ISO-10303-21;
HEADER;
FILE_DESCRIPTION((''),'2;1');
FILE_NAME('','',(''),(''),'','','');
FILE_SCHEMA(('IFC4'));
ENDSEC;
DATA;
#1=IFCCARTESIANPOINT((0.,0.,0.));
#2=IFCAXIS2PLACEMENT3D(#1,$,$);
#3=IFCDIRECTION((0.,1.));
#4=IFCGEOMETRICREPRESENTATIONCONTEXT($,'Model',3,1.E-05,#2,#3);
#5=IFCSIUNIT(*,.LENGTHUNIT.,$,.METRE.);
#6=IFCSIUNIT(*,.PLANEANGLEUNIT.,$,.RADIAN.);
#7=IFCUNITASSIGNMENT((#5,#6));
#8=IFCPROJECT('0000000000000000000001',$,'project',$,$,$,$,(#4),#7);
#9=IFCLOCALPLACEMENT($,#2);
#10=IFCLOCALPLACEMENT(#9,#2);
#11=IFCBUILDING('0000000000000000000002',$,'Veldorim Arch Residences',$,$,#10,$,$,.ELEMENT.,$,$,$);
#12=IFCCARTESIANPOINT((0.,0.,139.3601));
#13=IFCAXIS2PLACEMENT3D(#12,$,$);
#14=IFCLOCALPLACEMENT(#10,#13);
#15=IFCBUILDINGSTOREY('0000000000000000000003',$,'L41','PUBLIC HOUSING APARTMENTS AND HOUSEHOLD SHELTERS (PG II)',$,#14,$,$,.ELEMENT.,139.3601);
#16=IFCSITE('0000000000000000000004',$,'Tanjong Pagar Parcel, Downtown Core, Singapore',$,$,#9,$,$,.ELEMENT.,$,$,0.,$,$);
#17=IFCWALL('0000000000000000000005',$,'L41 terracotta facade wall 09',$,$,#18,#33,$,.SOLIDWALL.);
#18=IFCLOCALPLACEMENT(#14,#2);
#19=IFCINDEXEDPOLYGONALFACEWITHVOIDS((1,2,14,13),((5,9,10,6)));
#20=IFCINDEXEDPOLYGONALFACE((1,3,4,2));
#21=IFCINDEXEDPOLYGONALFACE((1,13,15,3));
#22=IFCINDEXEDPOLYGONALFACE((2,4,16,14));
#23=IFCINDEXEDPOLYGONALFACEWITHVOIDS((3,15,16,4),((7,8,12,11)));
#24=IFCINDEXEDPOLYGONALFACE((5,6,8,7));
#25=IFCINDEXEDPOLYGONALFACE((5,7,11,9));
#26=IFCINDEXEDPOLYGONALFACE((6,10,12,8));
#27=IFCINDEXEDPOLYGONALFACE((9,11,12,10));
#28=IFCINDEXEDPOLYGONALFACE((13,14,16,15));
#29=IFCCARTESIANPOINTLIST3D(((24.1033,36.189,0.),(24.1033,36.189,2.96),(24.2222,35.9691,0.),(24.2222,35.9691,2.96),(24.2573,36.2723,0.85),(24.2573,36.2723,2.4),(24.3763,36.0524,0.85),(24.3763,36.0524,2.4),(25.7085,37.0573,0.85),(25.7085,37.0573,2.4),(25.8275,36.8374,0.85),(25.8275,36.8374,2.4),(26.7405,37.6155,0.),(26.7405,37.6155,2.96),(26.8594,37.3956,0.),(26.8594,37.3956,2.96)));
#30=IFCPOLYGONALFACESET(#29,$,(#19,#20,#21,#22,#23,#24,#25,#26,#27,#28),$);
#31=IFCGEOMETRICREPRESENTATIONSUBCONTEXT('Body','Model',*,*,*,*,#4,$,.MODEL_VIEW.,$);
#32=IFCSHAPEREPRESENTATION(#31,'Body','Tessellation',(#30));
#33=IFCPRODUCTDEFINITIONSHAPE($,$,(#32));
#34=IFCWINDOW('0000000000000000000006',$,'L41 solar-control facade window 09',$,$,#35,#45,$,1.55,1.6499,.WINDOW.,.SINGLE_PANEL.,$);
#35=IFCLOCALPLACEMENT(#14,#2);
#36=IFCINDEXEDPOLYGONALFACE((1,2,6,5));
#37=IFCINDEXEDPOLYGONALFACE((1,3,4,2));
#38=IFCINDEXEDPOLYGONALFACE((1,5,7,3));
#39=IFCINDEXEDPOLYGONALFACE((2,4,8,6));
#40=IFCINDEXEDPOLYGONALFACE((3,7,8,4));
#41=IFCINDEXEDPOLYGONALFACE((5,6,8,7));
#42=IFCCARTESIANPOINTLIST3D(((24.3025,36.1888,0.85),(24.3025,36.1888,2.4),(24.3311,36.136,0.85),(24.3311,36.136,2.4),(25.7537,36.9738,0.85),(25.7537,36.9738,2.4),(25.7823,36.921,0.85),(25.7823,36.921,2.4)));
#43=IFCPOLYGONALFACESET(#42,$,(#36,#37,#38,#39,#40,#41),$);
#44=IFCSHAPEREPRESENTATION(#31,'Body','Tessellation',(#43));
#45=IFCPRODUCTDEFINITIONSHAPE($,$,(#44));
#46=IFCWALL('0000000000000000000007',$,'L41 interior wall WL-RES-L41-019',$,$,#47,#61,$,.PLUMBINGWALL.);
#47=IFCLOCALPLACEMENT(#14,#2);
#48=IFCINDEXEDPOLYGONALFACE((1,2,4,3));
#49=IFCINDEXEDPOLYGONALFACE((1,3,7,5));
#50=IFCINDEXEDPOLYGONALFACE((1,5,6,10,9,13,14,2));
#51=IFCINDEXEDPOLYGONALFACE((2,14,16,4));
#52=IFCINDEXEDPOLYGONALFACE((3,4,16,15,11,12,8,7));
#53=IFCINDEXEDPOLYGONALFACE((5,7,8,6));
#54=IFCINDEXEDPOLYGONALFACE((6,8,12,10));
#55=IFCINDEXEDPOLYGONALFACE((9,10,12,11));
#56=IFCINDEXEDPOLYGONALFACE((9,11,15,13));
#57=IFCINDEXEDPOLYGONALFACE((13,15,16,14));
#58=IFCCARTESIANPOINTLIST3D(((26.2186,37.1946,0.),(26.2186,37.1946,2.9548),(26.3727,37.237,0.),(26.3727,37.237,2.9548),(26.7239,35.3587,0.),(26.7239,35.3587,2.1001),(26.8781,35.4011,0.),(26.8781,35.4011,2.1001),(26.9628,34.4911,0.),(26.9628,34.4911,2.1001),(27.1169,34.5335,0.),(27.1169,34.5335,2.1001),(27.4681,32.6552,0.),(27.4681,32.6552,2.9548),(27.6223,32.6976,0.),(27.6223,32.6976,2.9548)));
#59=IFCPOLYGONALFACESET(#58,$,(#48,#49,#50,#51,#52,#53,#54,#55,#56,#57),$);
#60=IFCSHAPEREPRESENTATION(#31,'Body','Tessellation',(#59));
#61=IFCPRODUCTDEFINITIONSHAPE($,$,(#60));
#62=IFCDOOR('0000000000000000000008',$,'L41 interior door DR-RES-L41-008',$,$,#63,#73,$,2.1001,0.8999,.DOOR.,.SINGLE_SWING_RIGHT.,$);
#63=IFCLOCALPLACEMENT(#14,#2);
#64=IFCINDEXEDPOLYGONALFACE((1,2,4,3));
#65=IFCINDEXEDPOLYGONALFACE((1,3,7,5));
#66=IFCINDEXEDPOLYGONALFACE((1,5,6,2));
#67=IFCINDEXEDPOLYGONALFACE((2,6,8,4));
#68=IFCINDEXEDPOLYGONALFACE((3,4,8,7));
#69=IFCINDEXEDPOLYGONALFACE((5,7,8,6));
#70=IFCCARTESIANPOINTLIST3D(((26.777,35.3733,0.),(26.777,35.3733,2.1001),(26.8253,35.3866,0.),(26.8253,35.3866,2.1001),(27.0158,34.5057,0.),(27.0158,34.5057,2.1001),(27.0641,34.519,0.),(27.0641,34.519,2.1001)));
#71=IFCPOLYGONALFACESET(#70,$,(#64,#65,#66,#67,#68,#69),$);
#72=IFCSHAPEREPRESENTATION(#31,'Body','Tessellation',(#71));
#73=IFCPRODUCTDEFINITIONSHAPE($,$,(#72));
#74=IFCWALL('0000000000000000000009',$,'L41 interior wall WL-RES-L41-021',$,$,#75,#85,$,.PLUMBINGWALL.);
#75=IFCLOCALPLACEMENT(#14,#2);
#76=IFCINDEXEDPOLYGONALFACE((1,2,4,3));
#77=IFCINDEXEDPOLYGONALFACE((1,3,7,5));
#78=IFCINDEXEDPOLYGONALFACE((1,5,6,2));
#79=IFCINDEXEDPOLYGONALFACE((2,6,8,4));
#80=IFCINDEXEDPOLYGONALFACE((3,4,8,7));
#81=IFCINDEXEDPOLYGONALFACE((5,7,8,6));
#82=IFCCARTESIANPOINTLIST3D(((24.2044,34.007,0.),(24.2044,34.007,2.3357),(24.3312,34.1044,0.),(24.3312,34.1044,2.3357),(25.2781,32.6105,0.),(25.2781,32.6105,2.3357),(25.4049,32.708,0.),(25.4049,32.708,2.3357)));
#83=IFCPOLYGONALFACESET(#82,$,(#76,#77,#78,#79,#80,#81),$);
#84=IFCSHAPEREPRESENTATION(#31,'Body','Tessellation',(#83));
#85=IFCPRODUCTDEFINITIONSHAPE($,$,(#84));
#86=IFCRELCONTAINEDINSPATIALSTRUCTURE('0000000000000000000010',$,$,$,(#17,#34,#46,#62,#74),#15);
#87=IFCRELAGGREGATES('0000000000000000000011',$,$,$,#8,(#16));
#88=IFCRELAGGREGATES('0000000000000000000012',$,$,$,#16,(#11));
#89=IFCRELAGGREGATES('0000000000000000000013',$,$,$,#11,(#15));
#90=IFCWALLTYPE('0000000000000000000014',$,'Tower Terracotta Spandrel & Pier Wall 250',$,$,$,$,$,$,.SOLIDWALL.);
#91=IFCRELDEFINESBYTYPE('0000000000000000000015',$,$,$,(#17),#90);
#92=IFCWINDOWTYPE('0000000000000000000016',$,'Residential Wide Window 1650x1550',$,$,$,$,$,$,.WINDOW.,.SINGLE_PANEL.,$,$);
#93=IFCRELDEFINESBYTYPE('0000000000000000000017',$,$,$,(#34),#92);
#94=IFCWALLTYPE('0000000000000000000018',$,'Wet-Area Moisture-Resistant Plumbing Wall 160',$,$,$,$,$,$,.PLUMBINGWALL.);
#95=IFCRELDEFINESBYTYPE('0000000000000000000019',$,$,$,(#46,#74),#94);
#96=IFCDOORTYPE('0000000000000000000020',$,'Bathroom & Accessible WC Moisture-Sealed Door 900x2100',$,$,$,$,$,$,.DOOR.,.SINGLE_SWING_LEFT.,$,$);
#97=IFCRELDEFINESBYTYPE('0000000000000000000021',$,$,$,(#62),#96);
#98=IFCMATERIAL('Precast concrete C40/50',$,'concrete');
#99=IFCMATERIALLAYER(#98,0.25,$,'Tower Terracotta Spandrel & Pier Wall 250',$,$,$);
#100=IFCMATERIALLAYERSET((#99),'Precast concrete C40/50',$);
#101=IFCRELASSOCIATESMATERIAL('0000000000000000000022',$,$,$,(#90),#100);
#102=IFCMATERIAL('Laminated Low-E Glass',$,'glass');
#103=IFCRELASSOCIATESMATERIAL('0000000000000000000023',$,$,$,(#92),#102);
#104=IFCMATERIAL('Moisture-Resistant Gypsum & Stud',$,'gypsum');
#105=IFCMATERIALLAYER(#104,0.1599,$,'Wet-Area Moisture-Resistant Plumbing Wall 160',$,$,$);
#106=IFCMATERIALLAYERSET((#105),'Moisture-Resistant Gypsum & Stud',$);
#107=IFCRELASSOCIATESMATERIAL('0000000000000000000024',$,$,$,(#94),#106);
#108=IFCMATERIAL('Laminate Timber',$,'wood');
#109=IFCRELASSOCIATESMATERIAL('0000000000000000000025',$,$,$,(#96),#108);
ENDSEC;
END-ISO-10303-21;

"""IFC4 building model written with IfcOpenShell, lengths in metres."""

from ifc_helpers import new_model, si_unit, direction, frame, frame_2d, origin, place, context, subcontext, project, spatial, rectangle, extrude, material, layer, layer_set, type_object, element, fill, save


model = new_model("IFC4")

# Units and contexts
model_context = context("Model", 3, precision=1e-05, world=origin(), true_north=direction((0.0, 1.0)))
body_context = subcontext(model_context, "Body", "Model", "MODEL_VIEW")
ifc_project = project(units=[si_unit("LENGTHUNIT", "METRE"), si_unit("PLANEANGLEUNIT", "RADIAN")], contexts=[model_context])

# Site, building, storey
site_placement = place(None, origin())
site = spatial("IfcSite", under=ifc_project, at=site_placement, Name="Tanjong Pagar Parcel, Downtown Core, Singapore", CompositionType="ELEMENT", RefElevation=0.0)
building_placement = place(site_placement, origin())
building = spatial("IfcBuilding", under=site, at=building_placement, Name="Veldorim Arch Residences", CompositionType="ELEMENT")
storey_placement = place(building_placement, frame((0.0, 0.0, 139.3601)))
storey = spatial("IfcBuildingStorey", under=building, at=storey_placement, Name="L41", Description="PUBLIC HOUSING APARTMENTS AND HOUSEHOLD SHELTERS (PG II)", CompositionType="ELEMENT", Elevation=139.3601)

# Shared definitions
ifc_material_1 = material(Name="Precast concrete C40/50", Category="concrete")
ifc_layer_1 = layer(ifc_material_1, 0.25, Name="Tower Terracotta Spandrel & Pier Wall 250")
ifc_layer_set_1 = layer_set([ifc_layer_1], Name="Precast concrete C40/50")
wall_type_1 = type_object("IfcWallType", Name="Tower Terracotta Spandrel & Pier Wall 250", PredefinedType="SOLIDWALL", material=ifc_layer_set_1)

# Wall, opening, window
wall_1_placement = place(storey_placement, frame((24.1628, 36.0791, 0.0), z_axis=(0.0, 0.0, 1.0), x_axis=(0.879567, 0.475774, 0.0)))
wall_1 = element("IfcWall", 1, at=wall_1_placement, inside=storey, type_object=wall_type_1, Name="L41 terracotta facade wall 09", PredefinedType="SOLIDWALL", context=body_context, shape_type="SweptSolid", body=[
    extrude(rectangle(XDim=2.9983, YDim=0.25, at=frame_2d((1.499, 0.0))), origin(), (0.0, 0.0, 1.0), 2.96),
])
opening_1_placement = place(wall_1_placement, frame((0.175, 0.0, 0.8501)))
opening_1 = element("IfcOpeningElement", 2, at=opening_1_placement, cuts=wall_1, PredefinedType="OPENING", context=body_context, shape_type="SweptSolid", body=[
    extrude(rectangle(XDim=1.6499, YDim=1.55, at=frame_2d((0.825, 0.7749))), frame((0.0, 0.135, 0.0), z_axis=(0.0, -1.0, 0.0), x_axis=(1.0, 0.0, 0.0)), (0.0, 0.0, 1.0), 0.27),
])
ifc_material_2 = material(Name="Laminated Low-E Glass", Category="glass")
window_type = type_object("IfcWindowType", Name="Residential Wide Window 1650x1550", PartitioningType="SINGLE_PANEL", PredefinedType="WINDOW", material=ifc_material_2)
window_placement = place(opening_1_placement, origin())
window = element("IfcWindow", 3, at=window_placement, inside=storey, type_object=window_type, Name="L41 solar-control facade window 09", OverallHeight=1.55, OverallWidth=1.6499, PartitioningType="SINGLE_PANEL", PredefinedType="WINDOW", context=body_context, shape_type="SweptSolid", body=[
    extrude(rectangle(XDim=1.6499, YDim=1.55, at=frame_2d((0.825, 0.7749))), frame((0.0, 0.03, 0.0), z_axis=(0.0, -1.0, 0.0), x_axis=(1.0, 0.0, 0.0)), (0.0, 0.0, 1.0), 0.0601),
])
fill(opening_1, window)

# Wall, opening, door
ifc_material_3 = material(Name="Moisture-Resistant Gypsum & Stud", Category="gypsum")
ifc_layer_2 = layer(ifc_material_3, 0.1599, Name="Wet-Area Moisture-Resistant Plumbing Wall 160")
ifc_layer_set_2 = layer_set([ifc_layer_2], Name="Moisture-Resistant Gypsum & Stud")
wall_type_2 = type_object("IfcWallType", Name="Wet-Area Moisture-Resistant Plumbing Wall 160", PredefinedType="PLUMBINGWALL", material=ifc_layer_set_2)
wall_2_placement = place(storey_placement, frame((27.5452, 32.6765, 0.0), z_axis=(0.0, 0.0, 1.0), x_axis=(-0.265394, 0.96414, 0.0)))
wall_2 = element("IfcWall", 4, at=wall_2_placement, inside=storey, type_object=wall_type_2, Name="L41 interior wall WL-RES-L41-019", PredefinedType="PLUMBINGWALL", context=body_context, shape_type="SweptSolid", body=[
    extrude(rectangle(XDim=4.7083, YDim=0.1599, at=frame_2d((2.354, 0.0))), origin(), (0.0, 0.0, 1.0), 2.9548),
])
opening_2_placement = place(wall_2_placement, frame((1.9041, 0.0, 0.0)))
opening_2 = element("IfcOpeningElement", 5, at=opening_2_placement, cuts=wall_2, PredefinedType="OPENING", context=body_context, shape_type="SweptSolid", body=[
    extrude(rectangle(XDim=0.8999, YDim=2.1001, at=frame_2d((0.45, 1.05))), frame((0.0, 0.0898, 0.0), z_axis=(0.0, -1.0, 0.0), x_axis=(1.0, 0.0, 0.0)), (0.0, 0.0, 1.0), 0.1799),
])
ifc_material_4 = material(Name="Laminate Timber", Category="wood")
door_type_1 = type_object("IfcDoorType", Name="Bathroom & Accessible WC Moisture-Sealed Door 900x2100", OperationType="SINGLE_SWING_LEFT", PredefinedType="DOOR", material=ifc_material_4)
door_1_placement = place(opening_2_placement, origin())
door_1 = element("IfcDoor", 6, at=door_1_placement, inside=storey, type_object=door_type_1, Name="L41 interior door DR-RES-L41-008", OperationType="SINGLE_SWING_RIGHT", OverallHeight=2.1001, OverallWidth=0.8999, PredefinedType="DOOR", context=body_context, shape_type="SweptSolid", body=[
    extrude(rectangle(XDim=0.8999, YDim=2.1001, at=frame_2d((0.45, 1.05))), frame((0.0, 0.0249, 0.0), z_axis=(0.0, -1.0, 0.0), x_axis=(1.0, 0.0, 0.0)), (0.0, 0.0, 1.0), 0.05),
])
fill(opening_2, door_1)

# Wall
wall_3_placement = place(storey_placement, frame((25.3416, 32.6592, 0.0), z_axis=(0.0, 0.0, 1.0), x_axis=(-0.609537, 0.792758, 0.0)))
element("IfcWall", 7, at=wall_3_placement, inside=storey, type_object=wall_type_2, Name="L41 interior wall WL-RES-L41-021", PredefinedType="PLUMBINGWALL", context=body_context, shape_type="SweptSolid", body=[
    extrude(rectangle(XDim=1.7615, YDim=0.1599, at=frame_2d((0.8809, 0.0))), origin(), (0.0, 0.0, 1.0), 2.3357),
])

save(model, "model.ifc")
